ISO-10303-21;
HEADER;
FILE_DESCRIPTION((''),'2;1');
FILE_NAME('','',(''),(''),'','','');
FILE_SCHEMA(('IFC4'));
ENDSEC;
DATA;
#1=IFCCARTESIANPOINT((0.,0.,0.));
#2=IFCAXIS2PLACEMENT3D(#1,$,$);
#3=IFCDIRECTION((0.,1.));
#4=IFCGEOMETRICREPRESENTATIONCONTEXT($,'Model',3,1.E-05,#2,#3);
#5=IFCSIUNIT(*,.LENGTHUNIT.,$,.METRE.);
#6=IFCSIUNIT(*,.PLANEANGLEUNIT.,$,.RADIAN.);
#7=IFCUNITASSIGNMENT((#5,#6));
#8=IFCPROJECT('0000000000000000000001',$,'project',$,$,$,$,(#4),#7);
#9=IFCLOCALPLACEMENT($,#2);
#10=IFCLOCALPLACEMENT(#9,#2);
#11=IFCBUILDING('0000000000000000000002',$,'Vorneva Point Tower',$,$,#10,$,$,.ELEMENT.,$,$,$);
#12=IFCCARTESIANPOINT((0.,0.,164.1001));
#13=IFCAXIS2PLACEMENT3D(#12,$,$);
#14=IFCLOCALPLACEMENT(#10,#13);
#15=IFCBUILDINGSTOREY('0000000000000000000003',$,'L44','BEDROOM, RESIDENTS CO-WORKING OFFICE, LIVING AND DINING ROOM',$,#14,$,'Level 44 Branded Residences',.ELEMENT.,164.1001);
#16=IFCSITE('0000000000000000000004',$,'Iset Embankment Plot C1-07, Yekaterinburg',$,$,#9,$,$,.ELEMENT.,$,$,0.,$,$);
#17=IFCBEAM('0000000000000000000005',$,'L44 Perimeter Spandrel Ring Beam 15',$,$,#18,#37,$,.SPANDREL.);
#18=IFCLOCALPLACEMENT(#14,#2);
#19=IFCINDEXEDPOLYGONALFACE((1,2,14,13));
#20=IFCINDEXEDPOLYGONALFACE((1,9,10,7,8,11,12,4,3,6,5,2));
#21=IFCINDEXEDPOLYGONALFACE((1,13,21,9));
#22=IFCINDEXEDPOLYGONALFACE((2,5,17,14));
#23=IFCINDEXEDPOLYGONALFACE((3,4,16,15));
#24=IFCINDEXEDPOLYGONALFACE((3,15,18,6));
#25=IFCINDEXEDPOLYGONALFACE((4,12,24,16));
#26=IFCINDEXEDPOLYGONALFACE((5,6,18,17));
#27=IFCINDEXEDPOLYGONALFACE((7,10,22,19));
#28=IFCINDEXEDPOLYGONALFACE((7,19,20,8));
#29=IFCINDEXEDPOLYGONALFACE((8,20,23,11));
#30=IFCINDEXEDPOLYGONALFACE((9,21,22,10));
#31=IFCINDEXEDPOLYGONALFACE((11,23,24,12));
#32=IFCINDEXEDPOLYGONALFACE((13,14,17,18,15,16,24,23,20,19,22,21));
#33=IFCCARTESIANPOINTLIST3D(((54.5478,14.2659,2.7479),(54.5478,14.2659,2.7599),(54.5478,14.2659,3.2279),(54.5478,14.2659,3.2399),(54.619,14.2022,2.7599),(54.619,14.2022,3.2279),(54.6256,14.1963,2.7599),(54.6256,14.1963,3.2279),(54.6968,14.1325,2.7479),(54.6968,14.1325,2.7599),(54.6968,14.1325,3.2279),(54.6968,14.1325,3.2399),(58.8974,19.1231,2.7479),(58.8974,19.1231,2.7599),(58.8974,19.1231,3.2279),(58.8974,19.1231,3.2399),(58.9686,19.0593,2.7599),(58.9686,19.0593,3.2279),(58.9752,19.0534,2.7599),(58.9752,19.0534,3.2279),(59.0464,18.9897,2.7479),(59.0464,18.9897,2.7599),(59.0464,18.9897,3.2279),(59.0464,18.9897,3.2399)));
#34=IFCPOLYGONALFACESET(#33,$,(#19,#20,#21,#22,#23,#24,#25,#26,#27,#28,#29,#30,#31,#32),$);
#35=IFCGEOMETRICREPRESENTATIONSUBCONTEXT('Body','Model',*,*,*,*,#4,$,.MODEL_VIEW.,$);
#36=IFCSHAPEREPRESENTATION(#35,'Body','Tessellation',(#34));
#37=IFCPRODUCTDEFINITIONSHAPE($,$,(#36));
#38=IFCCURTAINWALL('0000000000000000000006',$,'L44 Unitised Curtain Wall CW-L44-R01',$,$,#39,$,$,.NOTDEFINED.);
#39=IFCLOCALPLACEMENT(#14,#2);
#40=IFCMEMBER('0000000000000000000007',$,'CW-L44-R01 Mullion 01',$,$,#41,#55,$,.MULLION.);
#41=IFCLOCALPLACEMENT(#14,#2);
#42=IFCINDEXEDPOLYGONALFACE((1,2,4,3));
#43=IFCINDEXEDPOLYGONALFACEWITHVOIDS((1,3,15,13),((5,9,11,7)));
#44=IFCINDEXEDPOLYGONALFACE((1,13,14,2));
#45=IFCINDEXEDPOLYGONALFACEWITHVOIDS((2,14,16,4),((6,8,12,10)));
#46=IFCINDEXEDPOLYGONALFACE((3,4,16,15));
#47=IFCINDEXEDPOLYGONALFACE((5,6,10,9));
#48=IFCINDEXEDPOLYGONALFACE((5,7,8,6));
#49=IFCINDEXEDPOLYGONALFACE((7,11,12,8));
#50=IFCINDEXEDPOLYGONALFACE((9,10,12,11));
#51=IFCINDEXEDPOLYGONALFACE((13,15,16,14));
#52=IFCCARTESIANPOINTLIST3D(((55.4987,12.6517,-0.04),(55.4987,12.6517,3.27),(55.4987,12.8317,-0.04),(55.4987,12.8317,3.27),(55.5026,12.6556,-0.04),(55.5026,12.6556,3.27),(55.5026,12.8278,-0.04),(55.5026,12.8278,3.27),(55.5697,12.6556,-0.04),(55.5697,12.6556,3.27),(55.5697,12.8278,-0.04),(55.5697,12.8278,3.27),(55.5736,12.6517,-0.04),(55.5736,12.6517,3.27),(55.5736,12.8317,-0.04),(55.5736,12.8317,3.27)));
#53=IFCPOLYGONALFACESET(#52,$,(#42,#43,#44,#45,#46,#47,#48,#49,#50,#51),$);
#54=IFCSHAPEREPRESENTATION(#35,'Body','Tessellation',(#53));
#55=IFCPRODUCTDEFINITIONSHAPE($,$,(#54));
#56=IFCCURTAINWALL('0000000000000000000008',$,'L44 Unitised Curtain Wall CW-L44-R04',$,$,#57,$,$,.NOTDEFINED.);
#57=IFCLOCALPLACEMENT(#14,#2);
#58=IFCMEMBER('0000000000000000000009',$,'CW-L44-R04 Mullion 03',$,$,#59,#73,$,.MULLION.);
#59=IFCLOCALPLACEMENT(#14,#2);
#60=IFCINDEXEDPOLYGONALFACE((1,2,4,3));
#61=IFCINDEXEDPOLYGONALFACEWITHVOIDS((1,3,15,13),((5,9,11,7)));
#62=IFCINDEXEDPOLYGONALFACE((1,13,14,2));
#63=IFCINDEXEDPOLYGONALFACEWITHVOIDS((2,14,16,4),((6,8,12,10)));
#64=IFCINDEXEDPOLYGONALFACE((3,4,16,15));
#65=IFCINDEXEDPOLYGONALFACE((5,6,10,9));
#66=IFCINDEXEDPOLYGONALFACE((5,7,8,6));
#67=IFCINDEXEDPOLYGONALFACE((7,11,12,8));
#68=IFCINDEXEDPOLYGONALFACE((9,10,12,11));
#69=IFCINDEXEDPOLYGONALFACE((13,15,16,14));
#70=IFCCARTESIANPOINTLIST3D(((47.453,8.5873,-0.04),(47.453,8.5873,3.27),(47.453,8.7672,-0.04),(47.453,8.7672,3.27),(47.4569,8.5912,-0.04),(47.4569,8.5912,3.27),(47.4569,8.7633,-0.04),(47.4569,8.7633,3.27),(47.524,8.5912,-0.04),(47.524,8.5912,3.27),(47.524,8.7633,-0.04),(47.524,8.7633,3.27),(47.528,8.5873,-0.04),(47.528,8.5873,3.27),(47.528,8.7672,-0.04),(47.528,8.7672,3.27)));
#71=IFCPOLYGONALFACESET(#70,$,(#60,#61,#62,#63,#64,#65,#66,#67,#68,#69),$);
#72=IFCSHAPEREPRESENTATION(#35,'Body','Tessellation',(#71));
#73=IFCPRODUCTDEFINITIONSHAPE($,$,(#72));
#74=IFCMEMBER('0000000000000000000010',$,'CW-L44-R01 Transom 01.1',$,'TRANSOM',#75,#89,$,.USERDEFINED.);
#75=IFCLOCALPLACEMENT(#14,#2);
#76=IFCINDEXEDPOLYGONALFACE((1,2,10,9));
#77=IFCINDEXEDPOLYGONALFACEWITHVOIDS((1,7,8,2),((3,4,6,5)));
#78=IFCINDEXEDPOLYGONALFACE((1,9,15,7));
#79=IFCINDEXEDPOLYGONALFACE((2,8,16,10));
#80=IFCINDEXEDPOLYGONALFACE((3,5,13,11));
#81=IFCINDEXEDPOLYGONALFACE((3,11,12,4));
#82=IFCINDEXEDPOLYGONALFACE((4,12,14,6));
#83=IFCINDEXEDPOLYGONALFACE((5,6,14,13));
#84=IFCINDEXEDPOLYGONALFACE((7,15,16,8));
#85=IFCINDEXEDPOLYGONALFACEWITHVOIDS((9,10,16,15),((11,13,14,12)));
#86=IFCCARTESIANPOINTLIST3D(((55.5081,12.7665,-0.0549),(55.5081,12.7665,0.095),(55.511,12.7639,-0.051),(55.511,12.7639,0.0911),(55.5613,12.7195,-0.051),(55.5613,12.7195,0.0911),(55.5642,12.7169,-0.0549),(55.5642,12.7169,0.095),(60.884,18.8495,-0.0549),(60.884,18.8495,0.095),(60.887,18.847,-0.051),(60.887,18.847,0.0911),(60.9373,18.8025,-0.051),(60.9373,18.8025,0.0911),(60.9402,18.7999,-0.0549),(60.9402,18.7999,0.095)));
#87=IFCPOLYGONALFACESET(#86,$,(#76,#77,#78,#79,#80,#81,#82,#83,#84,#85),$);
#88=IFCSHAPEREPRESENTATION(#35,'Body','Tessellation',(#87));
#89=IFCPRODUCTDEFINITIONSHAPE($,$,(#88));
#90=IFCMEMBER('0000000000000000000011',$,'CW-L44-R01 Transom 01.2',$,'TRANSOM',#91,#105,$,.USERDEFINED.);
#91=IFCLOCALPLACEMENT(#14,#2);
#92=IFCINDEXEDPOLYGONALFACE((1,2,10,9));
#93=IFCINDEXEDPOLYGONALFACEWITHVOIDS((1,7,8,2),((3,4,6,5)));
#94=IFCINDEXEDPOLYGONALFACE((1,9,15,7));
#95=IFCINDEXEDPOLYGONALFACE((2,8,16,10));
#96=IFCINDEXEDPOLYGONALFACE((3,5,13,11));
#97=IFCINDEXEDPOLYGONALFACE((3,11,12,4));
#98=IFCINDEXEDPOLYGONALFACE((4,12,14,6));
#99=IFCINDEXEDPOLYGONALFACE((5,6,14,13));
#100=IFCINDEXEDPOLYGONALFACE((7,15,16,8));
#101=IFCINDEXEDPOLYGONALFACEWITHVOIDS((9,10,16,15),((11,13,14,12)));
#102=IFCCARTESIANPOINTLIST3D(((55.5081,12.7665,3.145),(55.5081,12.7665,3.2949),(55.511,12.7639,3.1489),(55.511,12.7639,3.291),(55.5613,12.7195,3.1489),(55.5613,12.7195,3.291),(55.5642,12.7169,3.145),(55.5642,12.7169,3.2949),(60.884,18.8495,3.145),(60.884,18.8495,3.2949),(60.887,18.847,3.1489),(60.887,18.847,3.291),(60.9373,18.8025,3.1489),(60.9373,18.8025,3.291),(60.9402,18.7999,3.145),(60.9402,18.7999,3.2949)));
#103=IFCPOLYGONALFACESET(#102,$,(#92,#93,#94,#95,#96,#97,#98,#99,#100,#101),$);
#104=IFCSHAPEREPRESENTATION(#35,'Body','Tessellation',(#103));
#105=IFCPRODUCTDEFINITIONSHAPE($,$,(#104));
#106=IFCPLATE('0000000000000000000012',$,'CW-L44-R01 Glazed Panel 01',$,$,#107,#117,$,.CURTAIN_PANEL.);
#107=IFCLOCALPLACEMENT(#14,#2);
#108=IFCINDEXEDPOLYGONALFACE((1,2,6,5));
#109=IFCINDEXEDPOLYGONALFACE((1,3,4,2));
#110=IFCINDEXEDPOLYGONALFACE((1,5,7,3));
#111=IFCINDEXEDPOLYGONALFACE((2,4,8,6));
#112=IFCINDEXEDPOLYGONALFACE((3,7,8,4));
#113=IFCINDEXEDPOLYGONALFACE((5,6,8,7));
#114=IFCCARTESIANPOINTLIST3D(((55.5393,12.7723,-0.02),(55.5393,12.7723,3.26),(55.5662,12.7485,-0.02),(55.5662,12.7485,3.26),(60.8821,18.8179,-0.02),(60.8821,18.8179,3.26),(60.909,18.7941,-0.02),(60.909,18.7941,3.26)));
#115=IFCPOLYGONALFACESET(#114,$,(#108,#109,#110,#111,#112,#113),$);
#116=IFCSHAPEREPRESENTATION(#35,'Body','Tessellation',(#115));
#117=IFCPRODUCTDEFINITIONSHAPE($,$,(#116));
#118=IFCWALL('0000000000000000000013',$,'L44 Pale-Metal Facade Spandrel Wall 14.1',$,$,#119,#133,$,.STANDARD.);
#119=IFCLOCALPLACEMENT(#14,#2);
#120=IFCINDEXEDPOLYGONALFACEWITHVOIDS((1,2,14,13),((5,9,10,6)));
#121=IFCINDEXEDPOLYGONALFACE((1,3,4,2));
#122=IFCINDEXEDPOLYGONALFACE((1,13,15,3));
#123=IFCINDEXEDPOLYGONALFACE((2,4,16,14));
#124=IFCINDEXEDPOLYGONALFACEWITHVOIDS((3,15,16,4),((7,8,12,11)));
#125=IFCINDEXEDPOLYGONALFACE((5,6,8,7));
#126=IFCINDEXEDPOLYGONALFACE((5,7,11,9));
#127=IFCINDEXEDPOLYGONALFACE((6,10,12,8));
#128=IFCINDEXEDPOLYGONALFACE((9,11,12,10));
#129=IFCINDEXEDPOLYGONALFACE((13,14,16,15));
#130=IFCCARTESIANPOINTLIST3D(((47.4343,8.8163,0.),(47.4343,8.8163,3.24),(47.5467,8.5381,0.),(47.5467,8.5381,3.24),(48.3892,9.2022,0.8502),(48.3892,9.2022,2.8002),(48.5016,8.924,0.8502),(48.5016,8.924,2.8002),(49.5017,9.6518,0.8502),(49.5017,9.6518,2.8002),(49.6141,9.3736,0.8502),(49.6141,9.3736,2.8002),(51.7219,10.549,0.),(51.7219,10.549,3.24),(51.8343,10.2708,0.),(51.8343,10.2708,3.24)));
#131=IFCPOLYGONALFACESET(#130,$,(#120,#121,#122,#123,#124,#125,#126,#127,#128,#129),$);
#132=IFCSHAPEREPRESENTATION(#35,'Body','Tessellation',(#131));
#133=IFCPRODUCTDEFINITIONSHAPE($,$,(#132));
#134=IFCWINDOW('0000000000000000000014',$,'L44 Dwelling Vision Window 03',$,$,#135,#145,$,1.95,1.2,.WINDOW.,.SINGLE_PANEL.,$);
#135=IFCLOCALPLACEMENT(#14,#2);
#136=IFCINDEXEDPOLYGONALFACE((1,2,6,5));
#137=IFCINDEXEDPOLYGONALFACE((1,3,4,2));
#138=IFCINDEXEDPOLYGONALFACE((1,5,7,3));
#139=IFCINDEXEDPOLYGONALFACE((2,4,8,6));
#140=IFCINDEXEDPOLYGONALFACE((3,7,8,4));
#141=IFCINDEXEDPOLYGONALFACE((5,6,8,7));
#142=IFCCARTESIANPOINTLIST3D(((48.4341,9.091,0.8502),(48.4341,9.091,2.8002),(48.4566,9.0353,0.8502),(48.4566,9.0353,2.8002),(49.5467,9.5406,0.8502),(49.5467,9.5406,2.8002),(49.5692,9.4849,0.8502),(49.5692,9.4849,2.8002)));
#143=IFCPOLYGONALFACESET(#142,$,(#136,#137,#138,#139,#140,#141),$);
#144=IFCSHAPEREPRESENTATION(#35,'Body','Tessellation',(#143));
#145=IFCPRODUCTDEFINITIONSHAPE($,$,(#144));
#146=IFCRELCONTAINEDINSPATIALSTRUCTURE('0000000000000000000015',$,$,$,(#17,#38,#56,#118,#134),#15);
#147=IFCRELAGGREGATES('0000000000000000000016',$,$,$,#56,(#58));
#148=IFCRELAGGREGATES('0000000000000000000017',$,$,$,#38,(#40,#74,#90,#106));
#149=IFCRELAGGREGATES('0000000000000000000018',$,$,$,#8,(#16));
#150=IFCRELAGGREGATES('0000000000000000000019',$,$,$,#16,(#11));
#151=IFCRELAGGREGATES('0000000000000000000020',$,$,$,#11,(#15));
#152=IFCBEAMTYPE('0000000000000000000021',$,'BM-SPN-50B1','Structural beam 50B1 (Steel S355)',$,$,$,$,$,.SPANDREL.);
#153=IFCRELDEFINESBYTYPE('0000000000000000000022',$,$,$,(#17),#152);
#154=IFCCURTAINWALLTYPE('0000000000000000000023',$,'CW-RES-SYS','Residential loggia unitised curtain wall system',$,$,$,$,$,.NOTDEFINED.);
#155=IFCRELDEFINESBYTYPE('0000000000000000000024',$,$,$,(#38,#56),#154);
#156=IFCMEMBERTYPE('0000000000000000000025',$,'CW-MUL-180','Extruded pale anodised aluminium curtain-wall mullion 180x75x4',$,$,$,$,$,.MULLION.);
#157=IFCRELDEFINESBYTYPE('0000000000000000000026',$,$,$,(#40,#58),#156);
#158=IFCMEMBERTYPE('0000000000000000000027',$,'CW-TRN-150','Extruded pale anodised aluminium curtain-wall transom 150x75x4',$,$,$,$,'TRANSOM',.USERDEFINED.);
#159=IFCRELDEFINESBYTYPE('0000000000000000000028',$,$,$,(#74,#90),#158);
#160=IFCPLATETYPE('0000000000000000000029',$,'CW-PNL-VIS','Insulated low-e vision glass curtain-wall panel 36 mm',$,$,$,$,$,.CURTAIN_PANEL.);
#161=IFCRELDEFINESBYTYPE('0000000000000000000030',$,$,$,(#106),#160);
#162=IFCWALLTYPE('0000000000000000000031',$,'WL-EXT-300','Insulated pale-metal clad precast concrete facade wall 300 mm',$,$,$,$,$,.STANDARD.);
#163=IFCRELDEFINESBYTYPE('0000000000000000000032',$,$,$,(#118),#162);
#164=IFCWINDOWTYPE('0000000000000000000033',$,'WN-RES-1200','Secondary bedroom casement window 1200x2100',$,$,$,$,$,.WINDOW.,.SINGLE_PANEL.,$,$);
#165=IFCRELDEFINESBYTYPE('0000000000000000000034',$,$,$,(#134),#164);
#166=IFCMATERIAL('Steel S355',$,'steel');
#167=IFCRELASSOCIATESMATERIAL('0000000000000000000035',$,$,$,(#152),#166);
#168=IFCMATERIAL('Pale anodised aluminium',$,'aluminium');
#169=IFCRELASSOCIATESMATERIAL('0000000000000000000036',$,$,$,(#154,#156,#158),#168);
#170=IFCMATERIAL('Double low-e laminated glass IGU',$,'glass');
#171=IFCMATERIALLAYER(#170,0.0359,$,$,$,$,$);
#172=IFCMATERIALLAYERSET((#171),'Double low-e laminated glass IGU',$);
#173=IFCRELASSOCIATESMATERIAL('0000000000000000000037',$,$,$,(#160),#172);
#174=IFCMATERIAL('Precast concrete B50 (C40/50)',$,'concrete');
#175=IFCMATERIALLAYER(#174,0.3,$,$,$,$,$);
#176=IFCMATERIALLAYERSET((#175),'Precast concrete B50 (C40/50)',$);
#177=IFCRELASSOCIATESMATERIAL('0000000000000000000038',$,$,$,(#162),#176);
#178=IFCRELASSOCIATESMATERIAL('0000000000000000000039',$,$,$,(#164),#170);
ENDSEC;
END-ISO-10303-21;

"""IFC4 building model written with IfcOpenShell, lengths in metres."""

from ifc_helpers import new_model, si_unit, direction, frame, frame_2d, origin, origin_2d, place, context, subcontext, project, spatial, rectangle, hollow_rectangle, i_section, extrude, material, layer, layer_set, material_profile, profile_set, type_object, element, fill, aggregate, save


model = new_model("IFC4")

# Units and contexts
model_context = context("Model", 3, precision=1e-05, world=origin(), true_north=direction((0.0, 1.0)))
body_context = subcontext(model_context, "Body", "Model", "MODEL_VIEW")
ifc_project = project(units=[si_unit("LENGTHUNIT", "METRE"), si_unit("PLANEANGLEUNIT", "RADIAN")], contexts=[model_context])

# Site, building, storey
site_placement = place(None, origin())
site = spatial("IfcSite", under=ifc_project, at=site_placement, Name="Iset Embankment Plot C1-07, Yekaterinburg", CompositionType="ELEMENT", RefElevation=0.0)
building_placement = place(site_placement, origin())
building = spatial("IfcBuilding", under=site, at=building_placement, Name="Vorneva Point Tower", CompositionType="ELEMENT")
storey_placement = place(building_placement, frame((0.0, 0.0, 164.1001)))
storey = spatial("IfcBuildingStorey", under=building, at=storey_placement, Name="L44", Description="BEDROOM, RESIDENTS CO-WORKING OFFICE, LIVING AND DINING ROOM", LongName="Level 44 Branded Residences", CompositionType="ELEMENT", Elevation=164.1001)

# Beam
ifc_material_1 = material(Name="Steel S355", Category="steel")
ifc_material_profile_1 = material_profile(ifc_material_1, i_section(OverallWidth=0.2, OverallDepth=0.4919, WebThickness=0.0088, FlangeThickness=0.012, at=origin_2d()), Name="50B1")
ifc_profile_set_1 = profile_set([ifc_material_profile_1], Name="Steel S355")
beam_type_1 = type_object("IfcBeamType", Name="BM-SPN-50B1", Description="Structural beam 50B1 (Steel S355)", PredefinedType="SPANDREL", material=ifc_profile_set_1)
beam_1_placement = place(storey_placement, frame((54.6223, 14.1992, 2.9939), z_axis=(0.667111, 0.744958, 0.0), x_axis=(-0.744958, 0.667111, 0.0)))
element("IfcBeam", 1, at=beam_1_placement, inside=storey, type_object=beam_type_1, Name="L44 Perimeter Spandrel Ring Beam 15", PredefinedType="SPANDREL", context=body_context, shape_type="SweptSolid", body=[
    extrude(i_section(OverallWidth=0.2, OverallDepth=0.4919, WebThickness=0.0088, FlangeThickness=0.012, at=origin_2d()), origin(), (0.0, 0.0, 1.0), 6.52),
])

# Curtain walls, members
ifc_material_2 = material(Name="Pale anodised aluminium", Category="aluminium")
curtain_wall_type = type_object("IfcCurtainWallType", Name="CW-RES-SYS", Description="Residential loggia unitised curtain wall system", PredefinedType="NOTDEFINED", material=ifc_material_2)
curtain_wall_1_placement = place(storey_placement, origin())
curtain_wall_1 = element("IfcCurtainWall", 2, at=curtain_wall_1_placement, inside=storey, type_object=curtain_wall_type, Name="L44 Unitised Curtain Wall CW-L44-R01", PredefinedType="NOTDEFINED")
ifc_material_profile_2 = material_profile(ifc_material_2, hollow_rectangle(XDim=0.075, YDim=0.1799, WallThickness=0.0039, at=origin_2d()), Name="AL-MUL 180x75x4")
ifc_profile_set_2 = profile_set([ifc_material_profile_2], Name="Pale anodised aluminium")
member_type_1 = type_object("IfcMemberType", Name="CW-MUL-180", Description="Extruded pale anodised aluminium curtain-wall mullion 180x75x4", PredefinedType="MULLION", material=ifc_profile_set_2)
member_1_placement = place(storey_placement, frame((55.5361, 12.7417, -0.04), z_axis=(0.0, 0.0, 1.0), x_axis=(1.0, 0.0, 0.0)))
member_1 = element("IfcMember", 3, at=member_1_placement, type_object=member_type_1, Name="CW-L44-R01 Mullion 01", PredefinedType="MULLION", context=body_context, shape_type="SweptSolid", body=[
    extrude(hollow_rectangle(XDim=0.075, YDim=0.1799, WallThickness=0.0039, at=origin_2d()), origin(), (0.0, 0.0, 1.0), 3.3101),
])
curtain_wall_2_placement = place(storey_placement, origin())
curtain_wall_2 = element("IfcCurtainWall", 4, at=curtain_wall_2_placement, inside=storey, type_object=curtain_wall_type, Name="L44 Unitised Curtain Wall CW-L44-R04", PredefinedType="NOTDEFINED")
member_2_placement = place(storey_placement, frame((47.4905, 8.6772, -0.04), z_axis=(0.0, 0.0, 1.0), x_axis=(1.0, 0.0, 0.0)))
member_2 = element("IfcMember", 5, at=member_2_placement, type_object=member_type_1, Name="CW-L44-R04 Mullion 03", PredefinedType="MULLION", context=body_context, shape_type="SweptSolid", body=[
    extrude(hollow_rectangle(XDim=0.075, YDim=0.1799, WallThickness=0.0039, at=origin_2d()), origin(), (0.0, 0.0, 1.0), 3.3101),
])
aggregate(curtain_wall_2, [member_2])

# Members
ifc_material_profile_3 = material_profile(ifc_material_2, hollow_rectangle(XDim=0.075, YDim=0.1499, WallThickness=0.0039, at=origin_2d()), Name="AL-TRN 150x75x4")
ifc_profile_set_3 = profile_set([ifc_material_profile_3], Name="Pale anodised aluminium")
member_type_2 = type_object("IfcMemberType", Name="CW-TRN-150", Description="Extruded pale anodised aluminium curtain-wall transom 150x75x4", ElementType="TRANSOM", PredefinedType="USERDEFINED", material=ifc_profile_set_3)
member_3_placement = place(storey_placement, frame((55.5361, 12.7417, 0.02), z_axis=(0.662218, 0.749311, 0.0), x_axis=(-0.749311, 0.662218, 0.0)))
member_3 = element("IfcMember", 6, at=member_3_placement, type_object=member_type_2, Name="CW-L44-R01 Transom 01.1", ObjectType="TRANSOM", PredefinedType="USERDEFINED", context=body_context, shape_type="SweptSolid", body=[
    extrude(hollow_rectangle(XDim=0.075, YDim=0.1499, WallThickness=0.0039, at=origin_2d()), origin(), (0.0, 0.0, 1.0), 8.1182),
])
member_4_placement = place(storey_placement, frame((55.5361, 12.7417, 3.22), z_axis=(0.662218, 0.749311, 0.0), x_axis=(-0.749311, 0.662218, 0.0)))
member_4 = element("IfcMember", 7, at=member_4_placement, type_object=member_type_2, Name="CW-L44-R01 Transom 01.2", ObjectType="TRANSOM", PredefinedType="USERDEFINED", context=body_context, shape_type="SweptSolid", body=[
    extrude(hollow_rectangle(XDim=0.075, YDim=0.1499, WallThickness=0.0039, at=origin_2d()), origin(), (0.0, 0.0, 1.0), 8.1182),
])

# Plate
ifc_material_3 = material(Name="Double low-e laminated glass IGU", Category="glass")
ifc_layer_1 = layer(ifc_material_3, 0.0359)
ifc_layer_set_1 = layer_set([ifc_layer_1], Name="Double low-e laminated glass IGU")
plate_type = type_object("IfcPlateType", Name="CW-PNL-VIS", Description="Insulated low-e vision glass curtain-wall panel 36 mm", PredefinedType="CURTAIN_PANEL", material=ifc_layer_set_1)
plate_placement = place(storey_placement, frame((58.2241, 15.7832, -0.02), z_axis=(0.0, 0.0, 1.0), x_axis=(0.662215, 0.749314, 0.0)))
plate = element("IfcPlate", 8, at=plate_placement, type_object=plate_type, Name="CW-L44-R01 Glazed Panel 01", PredefinedType="CURTAIN_PANEL", context=body_context, shape_type="SweptSolid", body=[
    extrude(rectangle(XDim=8.0681, YDim=0.0359, at=origin_2d()), origin(), (0.0, 0.0, 1.0), 3.28),
])
aggregate(curtain_wall_1, [member_1, member_3, member_4, plate])

# Wall, opening, window
ifc_material_4 = material(Name="Precast concrete B50 (C40/50)", Category="concrete")
ifc_layer_2 = layer(ifc_material_4, 0.3)
ifc_layer_set_2 = layer_set([ifc_layer_2], Name="Precast concrete B50 (C40/50)")
wall_type_1 = type_object("IfcWallType", Name="WL-EXT-300", Description="Insulated pale-metal clad precast concrete facade wall 300 mm", PredefinedType="STANDARD", material=ifc_layer_set_2)
wall_1_placement = place(storey_placement, frame((47.4905, 8.6772, 0.0), z_axis=(0.0, 0.0, 1.0), x_axis=(0.927157, 0.374674, 0.0)))
wall_1 = element("IfcWall", 9, at=wall_1_placement, inside=storey, type_object=wall_type_1, Name="L44 Pale-Metal Facade Spandrel Wall 14.1", PredefinedType="STANDARD", context=body_context, shape_type="SweptSolid", body=[
    extrude(rectangle(XDim=4.6245, YDim=0.3, at=frame_2d((2.3123, 0.0))), origin(), (0.0, 0.0, 1.0), 3.24),
])
opening_1_placement = place(wall_1_placement, frame((1.0298, 0.0, 0.8501)))
opening_1 = element("IfcOpeningElement", 10, at=opening_1_placement, cuts=wall_1, PredefinedType="OPENING", context=body_context, shape_type="SweptSolid", body=[
    extrude(rectangle(XDim=1.2, YDim=1.95, at=frame_2d((0.6001, 0.9751))), frame((0.0, 0.165, 0.0), z_axis=(0.0, -1.0, 0.0), x_axis=(1.0, 0.0, 0.0)), (0.0, 0.0, 1.0), 0.3298),
])
window_type = type_object("IfcWindowType", Name="WN-RES-1200", Description="Secondary bedroom casement window 1200x2100", PartitioningType="SINGLE_PANEL", PredefinedType="WINDOW", material=ifc_material_3)
window_1_placement = place(opening_1_placement, origin())
window_1 = element("IfcWindow", 11, at=window_1_placement, inside=storey, type_object=window_type, Name="L44 Dwelling Vision Window 03", OverallHeight=1.95, OverallWidth=1.2, PartitioningType="SINGLE_PANEL", PredefinedType="WINDOW", context=body_context, shape_type="SweptSolid", body=[
    extrude(rectangle(XDim=1.2, YDim=1.95, at=frame_2d((0.6001, 0.9751))), frame((0.0, 0.03, 0.0), z_axis=(0.0, -1.0, 0.0), x_axis=(1.0, 0.0, 0.0)), (0.0, 0.0, 1.0), 0.0601),
])
fill(opening_1, window_1)

save(model, "model.ifc")
